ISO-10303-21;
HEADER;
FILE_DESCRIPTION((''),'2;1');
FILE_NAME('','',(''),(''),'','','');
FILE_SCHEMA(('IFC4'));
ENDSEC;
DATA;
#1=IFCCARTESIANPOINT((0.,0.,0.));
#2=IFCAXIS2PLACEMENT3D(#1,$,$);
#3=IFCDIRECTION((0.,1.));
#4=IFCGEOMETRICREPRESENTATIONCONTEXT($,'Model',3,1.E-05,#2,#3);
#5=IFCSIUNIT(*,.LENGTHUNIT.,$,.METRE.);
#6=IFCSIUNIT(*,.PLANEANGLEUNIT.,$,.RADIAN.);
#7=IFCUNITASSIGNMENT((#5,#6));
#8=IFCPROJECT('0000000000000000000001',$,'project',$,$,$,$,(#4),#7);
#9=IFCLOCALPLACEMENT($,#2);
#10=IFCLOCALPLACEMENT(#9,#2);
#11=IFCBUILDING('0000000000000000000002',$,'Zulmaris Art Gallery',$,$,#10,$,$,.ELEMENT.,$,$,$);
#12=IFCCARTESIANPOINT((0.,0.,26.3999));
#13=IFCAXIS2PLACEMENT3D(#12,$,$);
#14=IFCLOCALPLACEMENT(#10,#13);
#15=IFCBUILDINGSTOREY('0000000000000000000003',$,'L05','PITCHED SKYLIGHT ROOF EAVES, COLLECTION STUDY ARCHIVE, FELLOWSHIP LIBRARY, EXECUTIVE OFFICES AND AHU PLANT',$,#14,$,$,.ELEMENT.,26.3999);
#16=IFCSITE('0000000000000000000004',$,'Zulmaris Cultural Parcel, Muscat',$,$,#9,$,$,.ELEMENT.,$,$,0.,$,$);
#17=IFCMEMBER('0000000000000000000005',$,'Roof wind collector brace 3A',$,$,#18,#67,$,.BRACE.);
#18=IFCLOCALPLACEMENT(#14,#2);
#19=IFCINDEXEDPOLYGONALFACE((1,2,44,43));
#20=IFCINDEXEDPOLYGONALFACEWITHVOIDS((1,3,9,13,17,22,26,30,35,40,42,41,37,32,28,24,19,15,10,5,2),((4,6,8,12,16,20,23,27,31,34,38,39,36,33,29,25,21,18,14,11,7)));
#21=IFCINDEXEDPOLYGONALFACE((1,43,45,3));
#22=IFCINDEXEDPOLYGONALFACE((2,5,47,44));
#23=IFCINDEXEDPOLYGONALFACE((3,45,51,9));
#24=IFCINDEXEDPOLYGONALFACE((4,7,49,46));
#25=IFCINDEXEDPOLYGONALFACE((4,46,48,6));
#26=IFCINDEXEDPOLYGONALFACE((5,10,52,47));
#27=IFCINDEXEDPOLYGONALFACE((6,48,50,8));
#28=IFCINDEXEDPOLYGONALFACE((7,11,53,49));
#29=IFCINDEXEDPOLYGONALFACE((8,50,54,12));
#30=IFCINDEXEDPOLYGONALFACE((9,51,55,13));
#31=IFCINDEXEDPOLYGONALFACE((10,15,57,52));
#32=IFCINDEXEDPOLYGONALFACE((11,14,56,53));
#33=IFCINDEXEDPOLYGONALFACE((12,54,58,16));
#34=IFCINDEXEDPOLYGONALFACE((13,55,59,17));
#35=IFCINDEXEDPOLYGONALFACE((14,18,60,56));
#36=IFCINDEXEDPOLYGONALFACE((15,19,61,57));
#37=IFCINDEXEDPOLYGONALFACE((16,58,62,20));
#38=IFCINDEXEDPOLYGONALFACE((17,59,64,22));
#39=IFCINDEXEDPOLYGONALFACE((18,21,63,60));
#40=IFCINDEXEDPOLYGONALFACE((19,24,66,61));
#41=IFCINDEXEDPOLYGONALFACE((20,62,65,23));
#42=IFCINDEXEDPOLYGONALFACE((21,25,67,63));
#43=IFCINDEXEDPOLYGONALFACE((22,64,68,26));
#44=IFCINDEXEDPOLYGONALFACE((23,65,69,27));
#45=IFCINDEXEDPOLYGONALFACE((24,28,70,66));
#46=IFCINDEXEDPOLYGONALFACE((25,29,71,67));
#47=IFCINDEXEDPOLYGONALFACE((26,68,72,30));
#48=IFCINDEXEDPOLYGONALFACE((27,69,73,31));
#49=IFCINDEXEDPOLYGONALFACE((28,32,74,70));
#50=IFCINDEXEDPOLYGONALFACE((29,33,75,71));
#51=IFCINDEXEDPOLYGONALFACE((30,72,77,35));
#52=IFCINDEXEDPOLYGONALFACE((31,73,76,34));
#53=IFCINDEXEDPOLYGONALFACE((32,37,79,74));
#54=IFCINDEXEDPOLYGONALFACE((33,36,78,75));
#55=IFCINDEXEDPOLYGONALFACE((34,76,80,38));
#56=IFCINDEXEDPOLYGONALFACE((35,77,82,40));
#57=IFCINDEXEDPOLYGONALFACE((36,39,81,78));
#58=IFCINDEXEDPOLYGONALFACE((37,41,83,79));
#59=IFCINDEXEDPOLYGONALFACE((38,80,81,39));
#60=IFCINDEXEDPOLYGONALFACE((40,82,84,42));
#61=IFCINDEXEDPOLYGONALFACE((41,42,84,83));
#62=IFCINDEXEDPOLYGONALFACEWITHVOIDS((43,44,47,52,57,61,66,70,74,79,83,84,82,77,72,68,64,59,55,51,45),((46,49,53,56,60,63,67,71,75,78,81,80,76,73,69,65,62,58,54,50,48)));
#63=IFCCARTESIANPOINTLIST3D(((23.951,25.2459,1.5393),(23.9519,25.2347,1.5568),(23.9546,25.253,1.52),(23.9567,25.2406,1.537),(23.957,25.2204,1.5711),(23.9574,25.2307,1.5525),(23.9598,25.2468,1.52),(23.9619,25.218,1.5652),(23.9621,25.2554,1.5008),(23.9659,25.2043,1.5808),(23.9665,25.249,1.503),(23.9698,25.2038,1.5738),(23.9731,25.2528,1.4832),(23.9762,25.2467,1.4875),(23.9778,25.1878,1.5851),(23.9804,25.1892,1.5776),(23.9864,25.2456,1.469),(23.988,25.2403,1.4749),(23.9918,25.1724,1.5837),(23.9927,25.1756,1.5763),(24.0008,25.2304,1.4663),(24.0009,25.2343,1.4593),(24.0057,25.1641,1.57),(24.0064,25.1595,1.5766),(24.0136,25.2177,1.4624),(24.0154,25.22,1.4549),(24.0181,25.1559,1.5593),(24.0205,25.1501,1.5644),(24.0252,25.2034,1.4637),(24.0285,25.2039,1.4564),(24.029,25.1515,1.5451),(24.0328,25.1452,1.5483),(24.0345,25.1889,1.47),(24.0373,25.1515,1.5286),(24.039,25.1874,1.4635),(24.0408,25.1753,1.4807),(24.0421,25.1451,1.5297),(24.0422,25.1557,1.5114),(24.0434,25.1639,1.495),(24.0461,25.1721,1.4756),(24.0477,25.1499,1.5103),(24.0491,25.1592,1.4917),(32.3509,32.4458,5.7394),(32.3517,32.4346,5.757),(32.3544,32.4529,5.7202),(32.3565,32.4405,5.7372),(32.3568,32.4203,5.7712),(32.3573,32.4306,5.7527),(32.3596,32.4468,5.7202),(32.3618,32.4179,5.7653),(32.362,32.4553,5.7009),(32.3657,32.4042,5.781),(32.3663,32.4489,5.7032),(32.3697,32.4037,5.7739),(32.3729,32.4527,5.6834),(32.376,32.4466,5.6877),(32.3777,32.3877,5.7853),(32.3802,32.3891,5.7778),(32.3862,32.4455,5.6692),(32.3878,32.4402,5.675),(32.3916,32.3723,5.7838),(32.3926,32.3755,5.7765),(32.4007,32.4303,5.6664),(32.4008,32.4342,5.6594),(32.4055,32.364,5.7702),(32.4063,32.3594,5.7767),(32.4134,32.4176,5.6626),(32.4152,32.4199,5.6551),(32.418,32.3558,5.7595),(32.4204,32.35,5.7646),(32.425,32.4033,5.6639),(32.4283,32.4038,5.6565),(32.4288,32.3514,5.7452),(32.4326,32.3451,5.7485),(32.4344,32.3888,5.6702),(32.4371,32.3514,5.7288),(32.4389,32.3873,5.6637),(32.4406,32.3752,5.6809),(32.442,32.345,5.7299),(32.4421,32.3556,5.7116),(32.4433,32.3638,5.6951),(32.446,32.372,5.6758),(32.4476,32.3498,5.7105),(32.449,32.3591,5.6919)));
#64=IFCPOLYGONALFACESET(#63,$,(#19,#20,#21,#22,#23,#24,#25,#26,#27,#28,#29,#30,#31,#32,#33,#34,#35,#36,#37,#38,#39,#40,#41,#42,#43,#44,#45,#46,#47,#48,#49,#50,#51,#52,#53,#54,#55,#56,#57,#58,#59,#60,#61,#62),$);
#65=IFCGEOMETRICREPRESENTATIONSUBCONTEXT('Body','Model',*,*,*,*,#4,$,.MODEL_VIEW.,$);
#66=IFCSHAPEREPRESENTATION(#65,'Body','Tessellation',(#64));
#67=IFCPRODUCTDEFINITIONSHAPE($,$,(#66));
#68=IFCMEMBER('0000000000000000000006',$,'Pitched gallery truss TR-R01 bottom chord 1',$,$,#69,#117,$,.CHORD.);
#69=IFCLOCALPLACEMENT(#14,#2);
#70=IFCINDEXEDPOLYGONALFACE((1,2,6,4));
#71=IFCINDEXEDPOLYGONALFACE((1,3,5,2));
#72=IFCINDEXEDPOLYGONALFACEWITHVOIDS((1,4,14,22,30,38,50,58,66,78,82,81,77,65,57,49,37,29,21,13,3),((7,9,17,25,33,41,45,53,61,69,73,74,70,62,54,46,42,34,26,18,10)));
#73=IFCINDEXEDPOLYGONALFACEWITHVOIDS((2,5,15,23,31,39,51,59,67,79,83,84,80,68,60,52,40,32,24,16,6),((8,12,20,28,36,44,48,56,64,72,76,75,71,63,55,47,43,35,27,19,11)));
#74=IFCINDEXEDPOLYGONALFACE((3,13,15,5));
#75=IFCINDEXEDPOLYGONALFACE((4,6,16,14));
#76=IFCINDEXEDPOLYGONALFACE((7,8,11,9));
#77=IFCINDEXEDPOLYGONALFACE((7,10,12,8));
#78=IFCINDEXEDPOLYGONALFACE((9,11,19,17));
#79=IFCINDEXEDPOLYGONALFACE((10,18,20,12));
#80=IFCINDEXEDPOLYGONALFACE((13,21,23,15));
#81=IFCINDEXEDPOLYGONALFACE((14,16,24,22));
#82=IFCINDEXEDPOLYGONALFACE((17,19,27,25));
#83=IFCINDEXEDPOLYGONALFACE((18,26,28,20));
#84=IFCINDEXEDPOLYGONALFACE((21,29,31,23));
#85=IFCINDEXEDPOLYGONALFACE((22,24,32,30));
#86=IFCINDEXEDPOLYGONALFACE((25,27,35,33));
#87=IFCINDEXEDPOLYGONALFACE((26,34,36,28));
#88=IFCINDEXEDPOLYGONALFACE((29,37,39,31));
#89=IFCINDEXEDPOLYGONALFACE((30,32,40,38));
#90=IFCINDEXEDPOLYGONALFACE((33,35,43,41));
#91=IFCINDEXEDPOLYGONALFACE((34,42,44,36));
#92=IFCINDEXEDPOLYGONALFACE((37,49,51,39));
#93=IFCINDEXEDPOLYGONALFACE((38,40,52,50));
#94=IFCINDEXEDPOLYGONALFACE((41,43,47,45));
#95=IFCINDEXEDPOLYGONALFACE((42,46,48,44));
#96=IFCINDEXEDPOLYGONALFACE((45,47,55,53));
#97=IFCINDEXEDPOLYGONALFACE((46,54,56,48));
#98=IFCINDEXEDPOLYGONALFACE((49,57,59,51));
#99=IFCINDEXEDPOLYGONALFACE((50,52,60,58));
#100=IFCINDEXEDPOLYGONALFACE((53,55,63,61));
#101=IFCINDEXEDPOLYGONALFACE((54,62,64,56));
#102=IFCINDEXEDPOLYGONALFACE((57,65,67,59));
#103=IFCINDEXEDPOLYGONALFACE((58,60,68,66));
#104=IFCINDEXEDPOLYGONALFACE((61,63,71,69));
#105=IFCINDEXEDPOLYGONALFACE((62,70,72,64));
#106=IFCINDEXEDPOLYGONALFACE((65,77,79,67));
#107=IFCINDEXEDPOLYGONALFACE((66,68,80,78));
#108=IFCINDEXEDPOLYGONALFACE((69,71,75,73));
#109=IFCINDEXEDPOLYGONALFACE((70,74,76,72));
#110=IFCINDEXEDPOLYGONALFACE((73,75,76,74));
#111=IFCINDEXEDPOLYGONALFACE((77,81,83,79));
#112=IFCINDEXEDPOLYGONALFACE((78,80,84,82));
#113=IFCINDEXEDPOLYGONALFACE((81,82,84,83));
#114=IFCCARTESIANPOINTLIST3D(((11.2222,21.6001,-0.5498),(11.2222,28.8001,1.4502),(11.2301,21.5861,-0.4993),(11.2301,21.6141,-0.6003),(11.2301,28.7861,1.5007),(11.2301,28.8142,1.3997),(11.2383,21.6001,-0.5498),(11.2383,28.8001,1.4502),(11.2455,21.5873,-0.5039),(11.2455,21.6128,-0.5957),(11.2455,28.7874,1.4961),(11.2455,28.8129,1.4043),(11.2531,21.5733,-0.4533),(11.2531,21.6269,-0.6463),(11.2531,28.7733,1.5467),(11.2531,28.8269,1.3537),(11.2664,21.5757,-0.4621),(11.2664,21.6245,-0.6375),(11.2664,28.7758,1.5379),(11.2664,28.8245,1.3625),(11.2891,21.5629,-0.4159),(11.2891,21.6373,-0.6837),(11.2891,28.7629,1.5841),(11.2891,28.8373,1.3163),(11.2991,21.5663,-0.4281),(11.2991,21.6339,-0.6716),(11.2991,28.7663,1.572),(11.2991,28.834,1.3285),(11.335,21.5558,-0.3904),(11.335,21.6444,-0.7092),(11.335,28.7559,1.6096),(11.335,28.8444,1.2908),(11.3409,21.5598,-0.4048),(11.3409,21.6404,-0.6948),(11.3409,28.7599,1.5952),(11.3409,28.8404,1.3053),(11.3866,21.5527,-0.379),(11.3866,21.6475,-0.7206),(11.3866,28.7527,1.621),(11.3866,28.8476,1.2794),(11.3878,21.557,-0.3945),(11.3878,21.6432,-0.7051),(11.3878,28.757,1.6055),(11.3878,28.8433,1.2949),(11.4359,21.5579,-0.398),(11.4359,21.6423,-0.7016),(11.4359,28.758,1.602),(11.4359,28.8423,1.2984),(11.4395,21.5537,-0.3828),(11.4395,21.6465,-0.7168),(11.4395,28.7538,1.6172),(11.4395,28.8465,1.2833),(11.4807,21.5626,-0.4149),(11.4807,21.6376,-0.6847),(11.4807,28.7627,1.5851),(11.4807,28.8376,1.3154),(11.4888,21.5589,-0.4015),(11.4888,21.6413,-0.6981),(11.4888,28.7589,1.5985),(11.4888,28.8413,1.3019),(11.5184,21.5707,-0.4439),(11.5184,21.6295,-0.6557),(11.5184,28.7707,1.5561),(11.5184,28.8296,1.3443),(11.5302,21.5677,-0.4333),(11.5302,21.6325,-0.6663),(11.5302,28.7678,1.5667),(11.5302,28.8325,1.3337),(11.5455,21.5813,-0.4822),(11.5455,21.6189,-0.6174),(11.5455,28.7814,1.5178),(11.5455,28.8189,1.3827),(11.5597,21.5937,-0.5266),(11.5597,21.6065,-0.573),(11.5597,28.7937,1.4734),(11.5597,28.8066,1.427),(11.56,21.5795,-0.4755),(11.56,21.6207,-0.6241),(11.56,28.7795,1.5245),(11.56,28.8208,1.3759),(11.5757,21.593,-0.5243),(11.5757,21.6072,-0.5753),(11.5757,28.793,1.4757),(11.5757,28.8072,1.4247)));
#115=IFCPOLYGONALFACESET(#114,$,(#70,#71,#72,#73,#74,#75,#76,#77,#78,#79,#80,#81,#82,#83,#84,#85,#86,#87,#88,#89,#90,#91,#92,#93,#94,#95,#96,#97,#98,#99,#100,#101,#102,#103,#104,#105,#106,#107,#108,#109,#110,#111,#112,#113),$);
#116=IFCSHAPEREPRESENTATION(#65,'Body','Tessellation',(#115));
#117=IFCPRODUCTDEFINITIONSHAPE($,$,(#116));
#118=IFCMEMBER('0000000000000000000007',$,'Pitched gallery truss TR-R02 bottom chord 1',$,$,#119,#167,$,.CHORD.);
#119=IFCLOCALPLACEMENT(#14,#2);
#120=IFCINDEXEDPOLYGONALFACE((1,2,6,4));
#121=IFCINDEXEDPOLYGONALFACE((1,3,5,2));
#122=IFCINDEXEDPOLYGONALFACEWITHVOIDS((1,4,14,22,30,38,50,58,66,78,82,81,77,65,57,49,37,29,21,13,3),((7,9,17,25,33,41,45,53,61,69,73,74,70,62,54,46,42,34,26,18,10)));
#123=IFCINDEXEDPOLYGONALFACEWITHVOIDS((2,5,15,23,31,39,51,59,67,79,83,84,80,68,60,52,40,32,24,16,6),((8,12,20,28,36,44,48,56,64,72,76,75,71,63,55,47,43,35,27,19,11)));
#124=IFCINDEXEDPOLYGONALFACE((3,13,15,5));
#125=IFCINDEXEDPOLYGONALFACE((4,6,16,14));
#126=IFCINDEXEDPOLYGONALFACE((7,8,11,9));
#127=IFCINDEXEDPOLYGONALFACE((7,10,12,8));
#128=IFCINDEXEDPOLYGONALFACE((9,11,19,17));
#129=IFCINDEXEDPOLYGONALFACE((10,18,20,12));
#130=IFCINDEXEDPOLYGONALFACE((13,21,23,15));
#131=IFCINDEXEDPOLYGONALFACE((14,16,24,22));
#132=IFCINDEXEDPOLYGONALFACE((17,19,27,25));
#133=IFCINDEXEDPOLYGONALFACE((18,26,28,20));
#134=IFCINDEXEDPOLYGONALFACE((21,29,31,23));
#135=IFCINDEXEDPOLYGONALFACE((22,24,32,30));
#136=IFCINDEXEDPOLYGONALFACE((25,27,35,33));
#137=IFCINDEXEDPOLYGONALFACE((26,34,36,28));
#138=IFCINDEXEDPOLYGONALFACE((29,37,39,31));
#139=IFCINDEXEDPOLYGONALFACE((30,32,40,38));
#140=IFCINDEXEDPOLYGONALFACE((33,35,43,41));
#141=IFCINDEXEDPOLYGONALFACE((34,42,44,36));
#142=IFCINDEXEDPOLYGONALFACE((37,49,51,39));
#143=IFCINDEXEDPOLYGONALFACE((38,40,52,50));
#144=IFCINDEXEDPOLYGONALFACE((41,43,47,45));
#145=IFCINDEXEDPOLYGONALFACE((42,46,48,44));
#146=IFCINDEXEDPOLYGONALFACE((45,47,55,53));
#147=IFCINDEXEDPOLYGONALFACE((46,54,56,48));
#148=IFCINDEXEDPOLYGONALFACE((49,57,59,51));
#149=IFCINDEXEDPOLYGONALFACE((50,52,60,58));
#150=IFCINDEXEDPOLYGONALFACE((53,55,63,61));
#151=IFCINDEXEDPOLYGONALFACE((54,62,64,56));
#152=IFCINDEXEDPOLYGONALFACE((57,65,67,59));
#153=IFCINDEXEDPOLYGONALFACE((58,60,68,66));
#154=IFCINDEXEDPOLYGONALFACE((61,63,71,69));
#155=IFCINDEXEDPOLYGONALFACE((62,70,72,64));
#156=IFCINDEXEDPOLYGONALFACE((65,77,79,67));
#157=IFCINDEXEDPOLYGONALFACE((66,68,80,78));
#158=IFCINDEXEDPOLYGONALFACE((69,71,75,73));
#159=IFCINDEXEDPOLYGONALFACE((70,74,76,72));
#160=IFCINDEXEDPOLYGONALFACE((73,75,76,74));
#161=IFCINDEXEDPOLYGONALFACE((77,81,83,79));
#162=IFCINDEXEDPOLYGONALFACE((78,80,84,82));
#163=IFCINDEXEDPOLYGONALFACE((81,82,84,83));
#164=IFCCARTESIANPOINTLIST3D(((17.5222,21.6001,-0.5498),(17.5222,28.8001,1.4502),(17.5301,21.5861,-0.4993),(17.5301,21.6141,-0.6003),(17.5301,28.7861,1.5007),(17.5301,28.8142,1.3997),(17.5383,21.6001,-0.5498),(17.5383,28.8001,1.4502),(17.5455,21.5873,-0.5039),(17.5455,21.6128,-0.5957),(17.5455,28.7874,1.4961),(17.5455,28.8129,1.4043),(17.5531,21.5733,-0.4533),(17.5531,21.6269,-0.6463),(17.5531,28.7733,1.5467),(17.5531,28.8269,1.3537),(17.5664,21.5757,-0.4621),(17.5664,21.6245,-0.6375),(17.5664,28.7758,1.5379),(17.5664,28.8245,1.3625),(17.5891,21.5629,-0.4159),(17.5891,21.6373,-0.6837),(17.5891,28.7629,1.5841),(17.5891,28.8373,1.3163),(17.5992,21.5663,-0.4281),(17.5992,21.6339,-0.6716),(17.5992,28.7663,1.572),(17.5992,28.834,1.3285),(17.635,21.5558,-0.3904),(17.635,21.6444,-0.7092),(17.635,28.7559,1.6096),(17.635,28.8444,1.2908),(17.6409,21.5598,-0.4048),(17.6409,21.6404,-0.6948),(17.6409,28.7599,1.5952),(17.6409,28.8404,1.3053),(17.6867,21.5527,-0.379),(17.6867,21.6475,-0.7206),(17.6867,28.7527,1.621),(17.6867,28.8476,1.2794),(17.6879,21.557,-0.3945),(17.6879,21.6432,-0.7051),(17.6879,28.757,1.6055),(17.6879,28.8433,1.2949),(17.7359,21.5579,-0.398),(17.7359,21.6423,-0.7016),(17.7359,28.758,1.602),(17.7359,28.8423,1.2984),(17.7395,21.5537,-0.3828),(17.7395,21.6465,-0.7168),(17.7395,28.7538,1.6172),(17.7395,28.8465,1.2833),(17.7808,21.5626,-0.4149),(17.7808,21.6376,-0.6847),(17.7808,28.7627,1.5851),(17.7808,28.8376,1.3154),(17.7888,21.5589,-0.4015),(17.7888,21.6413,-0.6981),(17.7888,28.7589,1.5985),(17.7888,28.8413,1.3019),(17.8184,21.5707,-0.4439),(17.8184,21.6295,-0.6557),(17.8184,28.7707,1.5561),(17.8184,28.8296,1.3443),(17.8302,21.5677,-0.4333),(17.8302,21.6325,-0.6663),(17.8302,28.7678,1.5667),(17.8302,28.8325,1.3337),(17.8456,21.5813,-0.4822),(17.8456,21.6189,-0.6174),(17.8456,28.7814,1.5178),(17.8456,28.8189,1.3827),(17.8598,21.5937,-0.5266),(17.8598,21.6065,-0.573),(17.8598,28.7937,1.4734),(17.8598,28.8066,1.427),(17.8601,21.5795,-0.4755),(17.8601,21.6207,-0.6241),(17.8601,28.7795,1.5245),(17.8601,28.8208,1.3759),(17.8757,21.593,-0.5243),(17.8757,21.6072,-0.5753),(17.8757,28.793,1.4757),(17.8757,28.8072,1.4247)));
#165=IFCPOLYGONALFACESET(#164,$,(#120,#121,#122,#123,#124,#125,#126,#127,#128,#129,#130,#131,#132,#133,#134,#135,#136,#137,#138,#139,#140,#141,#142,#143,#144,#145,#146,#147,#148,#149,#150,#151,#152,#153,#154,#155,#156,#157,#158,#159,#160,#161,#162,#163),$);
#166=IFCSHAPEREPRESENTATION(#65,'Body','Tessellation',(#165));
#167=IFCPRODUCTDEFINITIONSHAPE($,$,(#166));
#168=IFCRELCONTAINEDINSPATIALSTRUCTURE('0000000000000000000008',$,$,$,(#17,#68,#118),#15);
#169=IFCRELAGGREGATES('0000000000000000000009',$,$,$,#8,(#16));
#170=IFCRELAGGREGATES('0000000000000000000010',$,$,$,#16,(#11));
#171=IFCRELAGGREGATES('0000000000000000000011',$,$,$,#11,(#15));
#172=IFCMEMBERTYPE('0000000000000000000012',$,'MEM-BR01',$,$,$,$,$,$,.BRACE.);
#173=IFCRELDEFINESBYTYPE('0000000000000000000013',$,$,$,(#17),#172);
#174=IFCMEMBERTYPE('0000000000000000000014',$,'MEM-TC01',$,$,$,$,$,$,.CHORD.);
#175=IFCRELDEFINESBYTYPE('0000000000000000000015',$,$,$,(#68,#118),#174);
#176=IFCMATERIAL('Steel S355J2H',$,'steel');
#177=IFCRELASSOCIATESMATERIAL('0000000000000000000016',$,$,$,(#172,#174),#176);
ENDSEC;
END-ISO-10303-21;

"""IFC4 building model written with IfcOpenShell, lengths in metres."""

from ifc_helpers import new_model, si_unit, direction, frame, origin, origin_2d, place, context, subcontext, project, spatial, hollow_circle, extrude, material, material_profile, profile_set, type_object, element, save


model = new_model("IFC4")

# Units and contexts
model_context = context("Model", 3, precision=1e-05, world=origin(), true_north=direction((0.0, 1.0)))
body_context = subcontext(model_context, "Body", "Model", "MODEL_VIEW")
ifc_project = project(units=[si_unit("LENGTHUNIT", "METRE"), si_unit("PLANEANGLEUNIT", "RADIAN")], contexts=[model_context])

# Site, building, storey
site_placement = place(None, origin())
site = spatial("IfcSite", under=ifc_project, at=site_placement, Name="Zulmaris Cultural Parcel, Muscat", CompositionType="ELEMENT", RefElevation=0.0)
building_placement = place(site_placement, origin())
building = spatial("IfcBuilding", under=site, at=building_placement, Name="Zulmaris Art Gallery", CompositionType="ELEMENT")
storey_placement = place(building_placement, frame((0.0, 0.0, 26.3999)))
storey = spatial("IfcBuildingStorey", under=building, at=storey_placement, Name="L05", Description="PITCHED SKYLIGHT ROOF EAVES, COLLECTION STUDY ARCHIVE, FELLOWSHIP LIBRARY, EXECUTIVE OFFICES AND AHU PLANT", CompositionType="ELEMENT", Elevation=26.3999)

# Members
ifc_material_1 = material(Name="Steel S355J2H", Category="steel")
ifc_material_profile_1 = material_profile(ifc_material_1, hollow_circle(Radius=0.0698, WallThickness=0.0081, at=origin_2d()), Name="CHS 139.7x8")
ifc_profile_set_1 = profile_set([ifc_material_profile_1], Name="Steel S355J2H")
member_type_1 = type_object("IfcMemberType", Name="MEM-BR01", PredefinedType="BRACE", material=ifc_profile_set_1)
member_1_placement = place(storey_placement, frame((24.0, 25.2, 1.52), z_axis=(0.709822, 0.608422, 0.354931), x_axis=(-0.650793, 0.759255, 0.0)))
element("IfcMember", 1, at=member_1_placement, inside=storey, type_object=member_type_1, Name="Roof wind collector brace 3A", PredefinedType="BRACE", context=body_context, shape_type="SweptSolid", body=[
    extrude(hollow_circle(Radius=0.0698, WallThickness=0.0081, at=origin_2d()), origin(), (0.0, 0.0, 1.0), 11.8337),
])
ifc_material_profile_2 = material_profile(ifc_material_1, hollow_circle(Radius=0.1777, WallThickness=0.0161, at=origin_2d()), Name="CHS 355.6x16")
ifc_profile_set_2 = profile_set([ifc_material_profile_2], Name="Steel S355J2H")
member_type_2 = type_object("IfcMemberType", Name="MEM-TC01", PredefinedType="CHORD", material=ifc_profile_set_2)
for number, where, z_axis, x_axis, name in (
    (2, (11.3999, 21.6001, -0.5498), (0.0, 0.963517, 0.267646), (-1.0, 0.0, 0.0), "Pitched gallery truss TR-R01 bottom chord 1"),
    (3, (17.7, 21.6001, -0.5498), (0.0, 0.963517, 0.267646), (-1.0, 0.0, 0.0), "Pitched gallery truss TR-R02 bottom chord 1"),
):
    element("IfcMember", number, at=place(storey_placement, frame(where, z_axis=z_axis, x_axis=x_axis)), inside=storey, type_object=member_type_2, Name=name, PredefinedType="CHORD", context=body_context, shape_type="SweptSolid", body=[
        extrude(hollow_circle(Radius=0.1777, WallThickness=0.0161, at=origin_2d()), origin(), (0.0, 0.0, 1.0), 7.4727),
    ])

save(model, "model.ifc")
